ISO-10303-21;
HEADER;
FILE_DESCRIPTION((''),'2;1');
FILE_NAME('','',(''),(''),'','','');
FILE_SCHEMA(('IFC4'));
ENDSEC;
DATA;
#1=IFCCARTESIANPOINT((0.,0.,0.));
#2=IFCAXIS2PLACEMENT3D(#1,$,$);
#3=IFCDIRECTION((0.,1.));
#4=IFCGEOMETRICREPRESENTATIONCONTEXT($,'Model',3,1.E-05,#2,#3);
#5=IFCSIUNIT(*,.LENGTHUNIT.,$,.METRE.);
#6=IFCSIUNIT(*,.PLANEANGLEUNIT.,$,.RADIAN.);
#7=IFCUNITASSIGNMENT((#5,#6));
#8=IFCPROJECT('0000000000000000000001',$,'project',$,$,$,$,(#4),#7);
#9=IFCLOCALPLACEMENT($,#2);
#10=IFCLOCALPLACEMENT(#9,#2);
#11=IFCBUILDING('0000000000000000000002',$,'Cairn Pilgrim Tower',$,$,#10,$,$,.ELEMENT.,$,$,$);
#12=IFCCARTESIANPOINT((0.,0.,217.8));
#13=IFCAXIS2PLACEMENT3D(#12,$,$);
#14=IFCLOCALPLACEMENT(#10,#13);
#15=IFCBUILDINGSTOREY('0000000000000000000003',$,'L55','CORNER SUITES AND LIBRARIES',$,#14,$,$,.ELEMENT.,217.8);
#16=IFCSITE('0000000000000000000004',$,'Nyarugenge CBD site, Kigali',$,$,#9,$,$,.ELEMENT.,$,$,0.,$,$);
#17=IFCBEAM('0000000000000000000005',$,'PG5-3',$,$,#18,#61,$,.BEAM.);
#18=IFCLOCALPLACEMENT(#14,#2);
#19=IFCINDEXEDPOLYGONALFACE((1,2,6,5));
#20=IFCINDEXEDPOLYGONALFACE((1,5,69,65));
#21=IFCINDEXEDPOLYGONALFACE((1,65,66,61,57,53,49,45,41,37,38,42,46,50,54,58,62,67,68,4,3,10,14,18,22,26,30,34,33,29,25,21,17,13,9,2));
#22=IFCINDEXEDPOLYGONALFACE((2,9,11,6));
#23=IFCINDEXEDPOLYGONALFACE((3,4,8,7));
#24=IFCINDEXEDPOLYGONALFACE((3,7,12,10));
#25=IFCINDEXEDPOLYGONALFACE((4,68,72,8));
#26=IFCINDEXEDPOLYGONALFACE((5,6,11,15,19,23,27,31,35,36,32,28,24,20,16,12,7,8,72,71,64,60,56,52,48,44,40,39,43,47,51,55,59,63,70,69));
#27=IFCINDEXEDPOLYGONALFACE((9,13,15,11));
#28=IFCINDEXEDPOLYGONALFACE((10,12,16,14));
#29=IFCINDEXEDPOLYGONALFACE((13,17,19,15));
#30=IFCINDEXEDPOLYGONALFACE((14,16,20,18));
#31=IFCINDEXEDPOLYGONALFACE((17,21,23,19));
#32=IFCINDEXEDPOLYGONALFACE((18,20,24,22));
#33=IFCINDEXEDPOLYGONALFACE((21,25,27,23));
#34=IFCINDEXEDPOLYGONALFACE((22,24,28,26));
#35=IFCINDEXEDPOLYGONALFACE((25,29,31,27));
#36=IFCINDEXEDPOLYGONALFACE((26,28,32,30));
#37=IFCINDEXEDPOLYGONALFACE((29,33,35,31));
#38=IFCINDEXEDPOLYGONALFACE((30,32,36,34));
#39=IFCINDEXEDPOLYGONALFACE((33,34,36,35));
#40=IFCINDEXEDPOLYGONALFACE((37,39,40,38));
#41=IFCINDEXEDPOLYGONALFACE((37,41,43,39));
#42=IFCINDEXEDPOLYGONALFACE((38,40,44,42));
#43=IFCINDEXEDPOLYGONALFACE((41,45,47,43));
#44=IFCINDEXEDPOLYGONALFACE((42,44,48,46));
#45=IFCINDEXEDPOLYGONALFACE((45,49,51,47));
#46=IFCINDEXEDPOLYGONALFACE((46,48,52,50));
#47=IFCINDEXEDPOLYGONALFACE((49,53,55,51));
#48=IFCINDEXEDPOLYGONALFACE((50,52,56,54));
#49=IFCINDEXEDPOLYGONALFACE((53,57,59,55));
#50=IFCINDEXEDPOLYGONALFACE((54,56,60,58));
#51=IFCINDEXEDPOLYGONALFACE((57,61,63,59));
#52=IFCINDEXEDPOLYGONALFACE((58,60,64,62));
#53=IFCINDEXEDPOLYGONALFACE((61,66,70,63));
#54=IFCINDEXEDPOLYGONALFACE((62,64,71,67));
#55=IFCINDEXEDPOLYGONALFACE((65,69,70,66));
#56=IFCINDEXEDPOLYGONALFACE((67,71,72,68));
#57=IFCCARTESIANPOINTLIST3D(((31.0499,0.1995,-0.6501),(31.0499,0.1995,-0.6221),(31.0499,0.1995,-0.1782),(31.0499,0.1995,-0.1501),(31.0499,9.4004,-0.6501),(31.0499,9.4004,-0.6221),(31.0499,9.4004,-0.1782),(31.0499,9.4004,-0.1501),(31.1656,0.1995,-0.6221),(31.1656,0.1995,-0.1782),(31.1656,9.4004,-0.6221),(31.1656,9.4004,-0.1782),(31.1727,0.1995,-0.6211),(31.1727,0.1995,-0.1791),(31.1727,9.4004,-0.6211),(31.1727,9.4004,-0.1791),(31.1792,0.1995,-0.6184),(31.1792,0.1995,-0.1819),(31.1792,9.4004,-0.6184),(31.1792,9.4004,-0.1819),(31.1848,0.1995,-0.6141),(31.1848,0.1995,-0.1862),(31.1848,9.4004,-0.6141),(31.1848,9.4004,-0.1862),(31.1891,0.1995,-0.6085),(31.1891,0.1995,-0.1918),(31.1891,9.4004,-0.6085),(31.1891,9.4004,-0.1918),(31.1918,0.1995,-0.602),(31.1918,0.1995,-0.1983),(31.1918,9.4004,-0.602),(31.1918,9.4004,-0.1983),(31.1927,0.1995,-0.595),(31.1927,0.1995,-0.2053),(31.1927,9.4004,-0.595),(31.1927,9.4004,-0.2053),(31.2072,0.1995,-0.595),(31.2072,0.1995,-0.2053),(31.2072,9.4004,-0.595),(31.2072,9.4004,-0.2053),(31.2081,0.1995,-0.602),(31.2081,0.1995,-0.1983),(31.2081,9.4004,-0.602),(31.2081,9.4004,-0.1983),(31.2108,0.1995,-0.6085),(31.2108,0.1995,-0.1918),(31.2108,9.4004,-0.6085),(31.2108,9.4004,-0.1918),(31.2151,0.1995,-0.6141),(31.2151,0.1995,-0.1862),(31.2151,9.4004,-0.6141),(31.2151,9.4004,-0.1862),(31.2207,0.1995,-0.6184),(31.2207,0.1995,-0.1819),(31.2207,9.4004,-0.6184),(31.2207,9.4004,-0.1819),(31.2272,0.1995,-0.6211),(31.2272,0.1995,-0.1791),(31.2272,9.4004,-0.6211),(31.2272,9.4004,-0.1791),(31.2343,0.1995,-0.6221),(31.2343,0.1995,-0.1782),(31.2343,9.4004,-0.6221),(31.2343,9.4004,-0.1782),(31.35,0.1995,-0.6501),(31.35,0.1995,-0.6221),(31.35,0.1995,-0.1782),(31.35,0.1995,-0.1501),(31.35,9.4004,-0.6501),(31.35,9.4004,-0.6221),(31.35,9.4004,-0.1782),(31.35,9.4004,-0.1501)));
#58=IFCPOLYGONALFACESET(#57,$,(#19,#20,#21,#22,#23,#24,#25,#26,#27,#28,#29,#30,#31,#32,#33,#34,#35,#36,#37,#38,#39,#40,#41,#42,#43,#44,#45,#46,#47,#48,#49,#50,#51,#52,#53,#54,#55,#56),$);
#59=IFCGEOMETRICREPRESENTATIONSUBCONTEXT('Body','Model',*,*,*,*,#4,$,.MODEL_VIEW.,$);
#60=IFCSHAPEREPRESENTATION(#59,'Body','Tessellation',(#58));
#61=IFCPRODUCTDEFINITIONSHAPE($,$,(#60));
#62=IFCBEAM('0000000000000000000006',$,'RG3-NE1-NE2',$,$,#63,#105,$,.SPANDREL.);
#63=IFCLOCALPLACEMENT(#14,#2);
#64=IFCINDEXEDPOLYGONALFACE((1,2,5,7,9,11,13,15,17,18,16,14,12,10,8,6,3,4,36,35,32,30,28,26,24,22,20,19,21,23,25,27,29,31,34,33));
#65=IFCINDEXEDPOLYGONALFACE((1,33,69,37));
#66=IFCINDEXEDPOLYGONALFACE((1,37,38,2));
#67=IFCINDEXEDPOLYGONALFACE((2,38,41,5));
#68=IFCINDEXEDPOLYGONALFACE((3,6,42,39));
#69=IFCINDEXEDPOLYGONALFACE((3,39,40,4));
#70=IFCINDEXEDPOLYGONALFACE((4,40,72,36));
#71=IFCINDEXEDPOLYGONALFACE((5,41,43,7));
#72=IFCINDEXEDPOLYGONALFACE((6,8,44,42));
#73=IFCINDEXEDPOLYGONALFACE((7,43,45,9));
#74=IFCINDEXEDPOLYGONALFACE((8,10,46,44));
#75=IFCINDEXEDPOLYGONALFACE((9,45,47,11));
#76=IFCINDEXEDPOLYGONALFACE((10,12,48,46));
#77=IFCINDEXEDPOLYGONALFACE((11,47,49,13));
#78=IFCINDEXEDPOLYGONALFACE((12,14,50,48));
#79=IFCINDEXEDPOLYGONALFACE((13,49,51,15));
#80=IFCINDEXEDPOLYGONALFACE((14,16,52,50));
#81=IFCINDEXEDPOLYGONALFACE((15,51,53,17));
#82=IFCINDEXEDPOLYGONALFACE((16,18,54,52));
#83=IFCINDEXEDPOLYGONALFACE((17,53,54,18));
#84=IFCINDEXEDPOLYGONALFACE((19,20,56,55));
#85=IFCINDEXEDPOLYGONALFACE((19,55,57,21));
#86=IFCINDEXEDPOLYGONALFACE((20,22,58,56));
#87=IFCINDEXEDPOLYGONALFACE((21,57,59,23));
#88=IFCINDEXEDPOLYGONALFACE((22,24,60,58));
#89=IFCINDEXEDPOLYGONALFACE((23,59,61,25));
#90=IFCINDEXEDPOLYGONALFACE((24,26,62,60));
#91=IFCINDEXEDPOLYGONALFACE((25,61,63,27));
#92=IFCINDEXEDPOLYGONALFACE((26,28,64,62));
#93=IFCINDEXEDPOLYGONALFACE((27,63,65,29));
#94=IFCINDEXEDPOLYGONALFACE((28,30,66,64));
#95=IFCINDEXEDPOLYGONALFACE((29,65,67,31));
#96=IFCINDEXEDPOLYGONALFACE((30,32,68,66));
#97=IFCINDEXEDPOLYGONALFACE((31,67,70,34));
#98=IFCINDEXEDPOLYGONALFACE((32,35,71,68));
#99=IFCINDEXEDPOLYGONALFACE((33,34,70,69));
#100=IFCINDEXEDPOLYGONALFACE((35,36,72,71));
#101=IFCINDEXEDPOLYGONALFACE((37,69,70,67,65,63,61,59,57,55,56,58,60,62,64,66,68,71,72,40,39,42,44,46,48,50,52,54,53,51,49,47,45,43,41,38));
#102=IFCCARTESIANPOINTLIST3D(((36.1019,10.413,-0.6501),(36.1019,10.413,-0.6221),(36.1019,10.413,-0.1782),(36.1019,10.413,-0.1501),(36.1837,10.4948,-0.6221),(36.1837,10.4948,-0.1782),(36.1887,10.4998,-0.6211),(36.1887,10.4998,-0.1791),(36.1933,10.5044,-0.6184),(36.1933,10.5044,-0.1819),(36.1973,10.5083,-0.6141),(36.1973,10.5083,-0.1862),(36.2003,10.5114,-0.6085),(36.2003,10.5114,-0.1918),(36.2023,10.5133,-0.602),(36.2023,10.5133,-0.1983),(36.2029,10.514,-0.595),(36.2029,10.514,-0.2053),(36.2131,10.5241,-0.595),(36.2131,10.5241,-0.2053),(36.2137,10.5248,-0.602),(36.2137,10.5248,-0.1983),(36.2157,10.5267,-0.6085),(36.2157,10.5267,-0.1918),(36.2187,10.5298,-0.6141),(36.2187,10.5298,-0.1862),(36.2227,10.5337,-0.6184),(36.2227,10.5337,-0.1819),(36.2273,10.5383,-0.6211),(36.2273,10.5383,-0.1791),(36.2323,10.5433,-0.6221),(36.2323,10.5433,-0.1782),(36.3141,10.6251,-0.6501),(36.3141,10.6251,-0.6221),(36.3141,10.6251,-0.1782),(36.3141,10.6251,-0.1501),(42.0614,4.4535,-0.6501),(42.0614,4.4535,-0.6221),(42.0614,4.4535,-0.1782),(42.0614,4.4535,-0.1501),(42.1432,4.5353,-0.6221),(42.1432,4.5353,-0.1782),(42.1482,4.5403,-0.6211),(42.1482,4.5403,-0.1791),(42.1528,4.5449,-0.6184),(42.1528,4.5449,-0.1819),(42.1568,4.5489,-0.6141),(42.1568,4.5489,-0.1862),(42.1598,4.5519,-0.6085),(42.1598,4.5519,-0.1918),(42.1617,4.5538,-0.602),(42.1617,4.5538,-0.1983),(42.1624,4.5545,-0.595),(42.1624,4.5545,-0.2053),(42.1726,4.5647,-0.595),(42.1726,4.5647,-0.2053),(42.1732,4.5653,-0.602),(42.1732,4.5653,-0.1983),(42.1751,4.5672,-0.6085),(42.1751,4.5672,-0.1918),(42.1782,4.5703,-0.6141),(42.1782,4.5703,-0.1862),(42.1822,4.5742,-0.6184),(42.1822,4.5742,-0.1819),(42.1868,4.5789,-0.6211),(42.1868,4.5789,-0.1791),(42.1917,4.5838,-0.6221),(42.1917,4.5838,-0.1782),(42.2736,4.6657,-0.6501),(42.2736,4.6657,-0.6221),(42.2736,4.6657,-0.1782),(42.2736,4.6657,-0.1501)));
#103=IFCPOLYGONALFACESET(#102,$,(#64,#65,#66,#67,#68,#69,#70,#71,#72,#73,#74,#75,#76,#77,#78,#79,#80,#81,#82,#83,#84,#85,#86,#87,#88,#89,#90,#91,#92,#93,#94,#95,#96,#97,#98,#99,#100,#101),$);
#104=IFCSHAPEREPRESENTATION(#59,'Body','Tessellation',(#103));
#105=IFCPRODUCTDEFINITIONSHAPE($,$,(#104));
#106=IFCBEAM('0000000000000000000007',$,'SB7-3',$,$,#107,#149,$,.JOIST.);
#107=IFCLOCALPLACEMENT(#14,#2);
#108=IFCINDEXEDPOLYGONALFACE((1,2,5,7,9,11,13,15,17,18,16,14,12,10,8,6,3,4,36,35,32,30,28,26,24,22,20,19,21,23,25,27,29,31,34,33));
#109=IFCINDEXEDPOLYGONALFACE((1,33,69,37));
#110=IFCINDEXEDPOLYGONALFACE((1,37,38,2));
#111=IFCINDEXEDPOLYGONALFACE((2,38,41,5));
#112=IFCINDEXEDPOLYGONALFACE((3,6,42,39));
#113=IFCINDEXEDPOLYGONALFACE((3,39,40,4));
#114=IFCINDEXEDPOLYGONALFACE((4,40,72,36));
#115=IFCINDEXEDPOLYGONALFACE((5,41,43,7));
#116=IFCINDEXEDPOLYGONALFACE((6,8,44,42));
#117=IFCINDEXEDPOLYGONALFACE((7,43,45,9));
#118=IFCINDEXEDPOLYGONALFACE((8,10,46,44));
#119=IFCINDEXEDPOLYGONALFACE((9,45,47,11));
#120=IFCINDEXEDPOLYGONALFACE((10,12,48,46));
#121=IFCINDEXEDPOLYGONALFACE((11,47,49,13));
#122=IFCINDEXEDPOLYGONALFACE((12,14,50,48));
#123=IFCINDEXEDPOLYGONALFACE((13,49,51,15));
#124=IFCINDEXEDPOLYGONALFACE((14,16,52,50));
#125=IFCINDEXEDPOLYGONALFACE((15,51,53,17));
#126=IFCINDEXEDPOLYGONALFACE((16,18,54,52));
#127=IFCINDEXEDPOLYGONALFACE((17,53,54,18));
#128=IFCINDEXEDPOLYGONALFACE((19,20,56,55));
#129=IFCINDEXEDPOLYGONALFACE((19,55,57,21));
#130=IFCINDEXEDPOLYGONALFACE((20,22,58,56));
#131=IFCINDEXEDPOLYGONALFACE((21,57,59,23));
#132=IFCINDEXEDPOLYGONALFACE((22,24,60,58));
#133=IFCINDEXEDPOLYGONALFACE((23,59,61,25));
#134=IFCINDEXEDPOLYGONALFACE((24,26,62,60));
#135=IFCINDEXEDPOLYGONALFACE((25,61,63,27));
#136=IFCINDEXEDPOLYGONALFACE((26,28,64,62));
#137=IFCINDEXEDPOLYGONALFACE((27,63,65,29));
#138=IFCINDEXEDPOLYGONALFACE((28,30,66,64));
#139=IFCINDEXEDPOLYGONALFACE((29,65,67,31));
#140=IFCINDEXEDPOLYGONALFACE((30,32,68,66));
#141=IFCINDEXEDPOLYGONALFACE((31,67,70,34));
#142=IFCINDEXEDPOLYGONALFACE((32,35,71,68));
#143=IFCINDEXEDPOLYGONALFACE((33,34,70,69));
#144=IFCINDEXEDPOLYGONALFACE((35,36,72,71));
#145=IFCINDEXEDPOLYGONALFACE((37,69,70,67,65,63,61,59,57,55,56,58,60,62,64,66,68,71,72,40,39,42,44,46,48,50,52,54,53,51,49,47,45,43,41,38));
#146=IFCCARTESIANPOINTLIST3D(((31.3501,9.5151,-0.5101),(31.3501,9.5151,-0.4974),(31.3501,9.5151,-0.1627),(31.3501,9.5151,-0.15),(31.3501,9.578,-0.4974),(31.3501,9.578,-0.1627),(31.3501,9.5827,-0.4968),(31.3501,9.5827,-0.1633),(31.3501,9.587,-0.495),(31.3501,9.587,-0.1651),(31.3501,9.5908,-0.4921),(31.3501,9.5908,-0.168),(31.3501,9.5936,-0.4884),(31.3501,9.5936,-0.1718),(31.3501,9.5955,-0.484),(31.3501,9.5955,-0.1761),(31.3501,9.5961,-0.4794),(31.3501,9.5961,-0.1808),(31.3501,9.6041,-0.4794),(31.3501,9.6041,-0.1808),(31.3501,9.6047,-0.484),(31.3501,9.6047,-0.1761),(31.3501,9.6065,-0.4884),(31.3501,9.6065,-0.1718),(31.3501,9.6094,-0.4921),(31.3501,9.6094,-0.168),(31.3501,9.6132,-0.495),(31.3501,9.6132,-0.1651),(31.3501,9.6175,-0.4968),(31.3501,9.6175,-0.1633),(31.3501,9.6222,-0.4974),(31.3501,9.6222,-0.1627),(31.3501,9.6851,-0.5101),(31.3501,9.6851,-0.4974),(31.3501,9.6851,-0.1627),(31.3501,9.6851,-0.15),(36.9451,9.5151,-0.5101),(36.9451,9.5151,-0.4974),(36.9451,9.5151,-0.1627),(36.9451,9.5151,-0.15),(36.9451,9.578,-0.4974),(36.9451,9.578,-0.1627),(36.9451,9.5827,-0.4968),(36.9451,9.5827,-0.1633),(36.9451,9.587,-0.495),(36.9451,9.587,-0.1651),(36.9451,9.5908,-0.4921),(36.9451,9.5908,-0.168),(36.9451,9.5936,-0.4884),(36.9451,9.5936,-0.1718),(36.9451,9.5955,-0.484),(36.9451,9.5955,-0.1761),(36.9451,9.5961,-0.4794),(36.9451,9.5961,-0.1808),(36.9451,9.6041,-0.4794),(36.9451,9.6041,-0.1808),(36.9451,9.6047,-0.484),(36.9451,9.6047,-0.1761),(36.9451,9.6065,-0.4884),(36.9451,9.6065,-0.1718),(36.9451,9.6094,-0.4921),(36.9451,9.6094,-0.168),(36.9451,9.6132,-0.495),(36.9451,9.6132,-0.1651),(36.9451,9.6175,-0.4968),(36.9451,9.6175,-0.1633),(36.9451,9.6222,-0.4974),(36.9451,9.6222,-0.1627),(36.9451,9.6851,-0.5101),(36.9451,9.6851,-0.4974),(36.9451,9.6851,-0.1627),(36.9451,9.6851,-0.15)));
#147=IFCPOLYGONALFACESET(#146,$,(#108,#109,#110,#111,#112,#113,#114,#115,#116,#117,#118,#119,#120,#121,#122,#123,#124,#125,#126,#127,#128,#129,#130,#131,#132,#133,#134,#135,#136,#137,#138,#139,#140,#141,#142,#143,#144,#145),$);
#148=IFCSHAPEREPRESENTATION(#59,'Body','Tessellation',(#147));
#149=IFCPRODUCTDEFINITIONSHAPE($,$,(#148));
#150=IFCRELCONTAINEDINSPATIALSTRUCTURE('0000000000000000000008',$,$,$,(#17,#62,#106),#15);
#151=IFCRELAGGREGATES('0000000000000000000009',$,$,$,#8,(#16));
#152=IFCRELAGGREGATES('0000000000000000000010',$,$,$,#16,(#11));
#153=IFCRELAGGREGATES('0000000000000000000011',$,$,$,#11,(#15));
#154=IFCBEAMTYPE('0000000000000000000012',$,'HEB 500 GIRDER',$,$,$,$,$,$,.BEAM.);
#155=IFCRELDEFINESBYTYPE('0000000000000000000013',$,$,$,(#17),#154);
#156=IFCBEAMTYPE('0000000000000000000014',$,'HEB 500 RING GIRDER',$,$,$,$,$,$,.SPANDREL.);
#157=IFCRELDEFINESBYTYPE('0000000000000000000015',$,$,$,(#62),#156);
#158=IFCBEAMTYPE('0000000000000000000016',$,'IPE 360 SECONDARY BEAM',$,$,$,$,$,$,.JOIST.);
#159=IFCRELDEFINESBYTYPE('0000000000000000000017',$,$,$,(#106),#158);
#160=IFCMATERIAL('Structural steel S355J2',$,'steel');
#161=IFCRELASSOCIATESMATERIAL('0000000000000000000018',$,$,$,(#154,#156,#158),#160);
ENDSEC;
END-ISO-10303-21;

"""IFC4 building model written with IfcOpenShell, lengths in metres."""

from ifc_helpers import new_model, si_unit, direction, frame, origin, origin_2d, place, context, subcontext, project, spatial, i_section, extrude, material, material_profile, profile_set, type_object, element, save


model = new_model("IFC4")

# Units and contexts
model_context = context("Model", 3, precision=1e-05, world=origin(), true_north=direction((0.0, 1.0)))
body_context = subcontext(model_context, "Body", "Model", "MODEL_VIEW")
ifc_project = project(units=[si_unit("LENGTHUNIT", "METRE"), si_unit("PLANEANGLEUNIT", "RADIAN")], contexts=[model_context])

# Site, building, storey
site_placement = place(None, origin())
site = spatial("IfcSite", under=ifc_project, at=site_placement, Name="Nyarugenge CBD site, Kigali", CompositionType="ELEMENT", RefElevation=0.0)
building_placement = place(site_placement, origin())
building = spatial("IfcBuilding", under=site, at=building_placement, Name="Cairn Pilgrim Tower", CompositionType="ELEMENT")
storey_placement = place(building_placement, frame((0.0, 0.0, 217.8)))
storey = spatial("IfcBuildingStorey", under=building, at=storey_placement, Name="L55", Description="CORNER SUITES AND LIBRARIES", CompositionType="ELEMENT", Elevation=217.8)

# Shared definitions
ifc_material_1 = material(Name="Structural steel S355J2", Category="steel")

# Beams
ifc_material_profile_1 = material_profile(ifc_material_1, i_section(OverallWidth=0.3, OverallDepth=0.5, WebThickness=0.0144, FlangeThickness=0.0281, FilletRadius=0.0271, at=origin_2d()), Name="HEB 500")
ifc_profile_set_1 = profile_set([ifc_material_profile_1], Name="Structural steel S355J2")
beam_type_1 = type_object("IfcBeamType", Name="HEB 500 GIRDER", PredefinedType="BEAM", material=ifc_profile_set_1)
beam_1_placement = place(storey_placement, frame((31.2, 0.1995, -0.4001), z_axis=(0.0, 1.0, 0.0), x_axis=(-1.0, 0.0, 0.0)))
element("IfcBeam", 1, at=beam_1_placement, inside=storey, type_object=beam_type_1, Name="PG5-3", PredefinedType="BEAM", context=body_context, shape_type="SweptSolid", body=[
    extrude(i_section(OverallWidth=0.3, OverallDepth=0.5, WebThickness=0.0144, FlangeThickness=0.0281, FilletRadius=0.0271, at=origin_2d()), origin(), (0.0, 0.0, 1.0), 9.2009),
])
ifc_material_profile_2 = material_profile(ifc_material_1, i_section(OverallWidth=0.3, OverallDepth=0.5, WebThickness=0.0144, FlangeThickness=0.0281, FilletRadius=0.0271, at=origin_2d()), Name="HEB 500")
ifc_profile_set_2 = profile_set([ifc_material_profile_2], Name="Structural steel S355J2")
beam_type_2 = type_object("IfcBeamType", Name="HEB 500 RING GIRDER", PredefinedType="SPANDREL", material=ifc_profile_set_2)
beam_2_placement = place(storey_placement, frame((42.1675, 4.5596, -0.4001), z_axis=(-0.707107, 0.707107, 0.0), x_axis=(-0.707107, -0.707107, 0.0)))
element("IfcBeam", 2, at=beam_2_placement, inside=storey, type_object=beam_type_2, Name="RG3-NE1-NE2", PredefinedType="SPANDREL", context=body_context, shape_type="SweptSolid", body=[
    extrude(i_section(OverallWidth=0.3, OverallDepth=0.5, WebThickness=0.0144, FlangeThickness=0.0281, FilletRadius=0.0271, at=origin_2d()), origin(), (0.0, 0.0, 1.0), 8.428),
])
ifc_material_profile_3 = material_profile(ifc_material_1, i_section(OverallWidth=0.1699, OverallDepth=0.3601, WebThickness=0.0081, FlangeThickness=0.0127, FilletRadius=0.0181, at=origin_2d()), Name="IPE 360")
ifc_profile_set_3 = profile_set([ifc_material_profile_3], Name="Structural steel S355J2")
beam_type_3 = type_object("IfcBeamType", Name="IPE 360 SECONDARY BEAM", PredefinedType="JOIST", material=ifc_profile_set_3)
beam_3_placement = place(storey_placement, frame((31.3501, 9.6001, -0.3301), z_axis=(1.0, 0.0, 0.0), x_axis=(0.0, 1.0, 0.0)))
element("IfcBeam", 3, at=beam_3_placement, inside=storey, type_object=beam_type_3, Name="SB7-3", PredefinedType="JOIST", context=body_context, shape_type="SweptSolid", body=[
    extrude(i_section(OverallWidth=0.1699, OverallDepth=0.3601, WebThickness=0.0081, FlangeThickness=0.0127, FilletRadius=0.0181, at=origin_2d()), origin(), (0.0, 0.0, 1.0), 5.595),
])

save(model, "model.ifc")
